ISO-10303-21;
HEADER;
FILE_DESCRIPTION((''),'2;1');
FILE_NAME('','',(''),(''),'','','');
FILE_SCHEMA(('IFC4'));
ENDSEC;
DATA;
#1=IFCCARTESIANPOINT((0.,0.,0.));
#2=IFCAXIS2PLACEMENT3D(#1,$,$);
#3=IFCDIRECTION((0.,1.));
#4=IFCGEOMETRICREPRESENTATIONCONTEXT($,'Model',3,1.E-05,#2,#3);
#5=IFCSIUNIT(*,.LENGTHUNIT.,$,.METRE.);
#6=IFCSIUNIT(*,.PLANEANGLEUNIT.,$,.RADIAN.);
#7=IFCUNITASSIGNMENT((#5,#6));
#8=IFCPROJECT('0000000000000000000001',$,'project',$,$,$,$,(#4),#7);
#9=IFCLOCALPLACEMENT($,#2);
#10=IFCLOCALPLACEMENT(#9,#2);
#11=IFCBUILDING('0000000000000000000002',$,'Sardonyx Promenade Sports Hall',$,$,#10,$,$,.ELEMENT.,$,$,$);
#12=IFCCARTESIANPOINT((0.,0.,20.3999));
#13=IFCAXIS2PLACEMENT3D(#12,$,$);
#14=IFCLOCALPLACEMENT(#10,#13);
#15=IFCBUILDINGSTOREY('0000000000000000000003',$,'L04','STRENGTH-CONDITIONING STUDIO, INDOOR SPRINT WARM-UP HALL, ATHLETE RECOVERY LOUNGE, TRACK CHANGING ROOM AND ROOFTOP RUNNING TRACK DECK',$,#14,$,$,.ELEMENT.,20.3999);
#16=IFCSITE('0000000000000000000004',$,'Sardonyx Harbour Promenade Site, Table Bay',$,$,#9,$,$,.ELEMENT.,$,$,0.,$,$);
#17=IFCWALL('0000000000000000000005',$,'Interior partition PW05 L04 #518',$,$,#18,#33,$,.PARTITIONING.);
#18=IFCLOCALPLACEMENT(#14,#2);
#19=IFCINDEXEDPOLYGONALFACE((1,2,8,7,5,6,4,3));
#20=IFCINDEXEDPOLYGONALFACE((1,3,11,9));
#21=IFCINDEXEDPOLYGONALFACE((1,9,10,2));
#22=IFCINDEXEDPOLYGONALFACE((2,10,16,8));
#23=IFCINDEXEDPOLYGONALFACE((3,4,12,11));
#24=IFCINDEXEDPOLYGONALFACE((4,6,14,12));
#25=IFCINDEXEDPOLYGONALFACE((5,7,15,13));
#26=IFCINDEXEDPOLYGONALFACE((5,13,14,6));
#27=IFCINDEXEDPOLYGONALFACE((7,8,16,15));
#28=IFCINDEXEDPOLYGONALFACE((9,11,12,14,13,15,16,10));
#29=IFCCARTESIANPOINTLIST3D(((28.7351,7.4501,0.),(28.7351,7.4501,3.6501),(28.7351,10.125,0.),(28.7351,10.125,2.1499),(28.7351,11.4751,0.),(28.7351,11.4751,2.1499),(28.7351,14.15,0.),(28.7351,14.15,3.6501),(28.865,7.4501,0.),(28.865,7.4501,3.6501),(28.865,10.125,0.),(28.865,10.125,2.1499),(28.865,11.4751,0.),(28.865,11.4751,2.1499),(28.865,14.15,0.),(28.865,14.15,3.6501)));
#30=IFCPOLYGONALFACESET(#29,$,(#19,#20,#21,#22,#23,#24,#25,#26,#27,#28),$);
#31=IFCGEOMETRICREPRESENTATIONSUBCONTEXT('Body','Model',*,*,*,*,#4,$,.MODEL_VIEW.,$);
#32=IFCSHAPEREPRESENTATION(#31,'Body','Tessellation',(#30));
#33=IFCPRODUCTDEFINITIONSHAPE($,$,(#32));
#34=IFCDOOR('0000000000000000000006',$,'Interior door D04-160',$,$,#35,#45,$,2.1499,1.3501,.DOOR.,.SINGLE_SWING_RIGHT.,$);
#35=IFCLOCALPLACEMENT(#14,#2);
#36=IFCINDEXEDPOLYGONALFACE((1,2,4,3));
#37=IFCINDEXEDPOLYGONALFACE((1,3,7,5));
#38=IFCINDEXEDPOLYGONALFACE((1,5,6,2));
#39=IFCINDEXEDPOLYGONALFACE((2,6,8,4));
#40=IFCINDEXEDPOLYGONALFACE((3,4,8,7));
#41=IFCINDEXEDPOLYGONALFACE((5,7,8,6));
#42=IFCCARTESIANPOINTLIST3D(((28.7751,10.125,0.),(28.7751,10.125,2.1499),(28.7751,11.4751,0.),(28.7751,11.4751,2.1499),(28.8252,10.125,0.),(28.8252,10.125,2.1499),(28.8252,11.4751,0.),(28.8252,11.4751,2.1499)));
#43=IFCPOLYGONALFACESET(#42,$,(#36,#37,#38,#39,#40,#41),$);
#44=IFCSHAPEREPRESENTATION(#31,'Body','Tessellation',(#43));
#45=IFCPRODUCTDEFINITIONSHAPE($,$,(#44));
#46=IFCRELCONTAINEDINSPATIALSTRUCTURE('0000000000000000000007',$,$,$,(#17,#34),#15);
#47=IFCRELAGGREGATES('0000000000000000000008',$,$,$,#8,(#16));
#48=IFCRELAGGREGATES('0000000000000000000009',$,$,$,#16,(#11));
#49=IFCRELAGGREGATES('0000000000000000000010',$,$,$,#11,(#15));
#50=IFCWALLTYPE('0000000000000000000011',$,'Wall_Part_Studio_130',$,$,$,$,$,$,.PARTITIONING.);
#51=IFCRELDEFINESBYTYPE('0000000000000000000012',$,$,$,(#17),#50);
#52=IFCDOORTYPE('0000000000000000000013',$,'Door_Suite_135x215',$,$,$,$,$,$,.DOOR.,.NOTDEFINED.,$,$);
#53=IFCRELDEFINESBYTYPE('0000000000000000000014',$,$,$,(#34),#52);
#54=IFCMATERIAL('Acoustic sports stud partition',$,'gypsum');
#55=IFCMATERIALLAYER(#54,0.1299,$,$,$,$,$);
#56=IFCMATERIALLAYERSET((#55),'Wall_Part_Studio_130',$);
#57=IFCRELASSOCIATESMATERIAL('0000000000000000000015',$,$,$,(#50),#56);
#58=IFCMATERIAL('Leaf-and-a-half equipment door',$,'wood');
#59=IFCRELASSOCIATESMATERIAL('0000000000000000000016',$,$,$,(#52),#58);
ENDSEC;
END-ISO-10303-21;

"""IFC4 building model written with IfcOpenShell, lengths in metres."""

from ifc_helpers import new_model, si_unit, direction, frame, frame_2d, origin, place, context, subcontext, project, spatial, rectangle, extrude, material, layer, layer_set, type_object, element, fill, save


model = new_model("IFC4")

# Units and contexts
model_context = context("Model", 3, precision=1e-05, world=origin(), true_north=direction((0.0, 1.0)))
body_context = subcontext(model_context, "Body", "Model", "MODEL_VIEW")
ifc_project = project(units=[si_unit("LENGTHUNIT", "METRE"), si_unit("PLANEANGLEUNIT", "RADIAN")], contexts=[model_context])

# Site, building, storey
site_placement = place(None, origin())
site = spatial("IfcSite", under=ifc_project, at=site_placement, Name="Sardonyx Harbour Promenade Site, Table Bay", CompositionType="ELEMENT", RefElevation=0.0)
building_placement = place(site_placement, origin())
building = spatial("IfcBuilding", under=site, at=building_placement, Name="Sardonyx Promenade Sports Hall", CompositionType="ELEMENT")
storey_placement = place(building_placement, frame((0.0, 0.0, 20.3999)))
storey = spatial("IfcBuildingStorey", under=building, at=storey_placement, Name="L04", Description="STRENGTH-CONDITIONING STUDIO, INDOOR SPRINT WARM-UP HALL, ATHLETE RECOVERY LOUNGE, TRACK CHANGING ROOM AND ROOFTOP RUNNING TRACK DECK", CompositionType="ELEMENT", Elevation=20.3999)

# Wall, opening, door
ifc_material_1 = material(Name="Acoustic sports stud partition", Category="gypsum")
ifc_layer_1 = layer(ifc_material_1, 0.1299)
ifc_layer_set_1 = layer_set([ifc_layer_1], Name="Wall_Part_Studio_130")
wall_type_1 = type_object("IfcWallType", Name="Wall_Part_Studio_130", PredefinedType="PARTITIONING", material=ifc_layer_set_1)
wall_1_placement = place(storey_placement, frame((28.8, 7.45, 0.0), z_axis=(0.0, 0.0, 1.0), x_axis=(0.0, 1.0, 0.0)))
wall_1 = element("IfcWall", 1, at=wall_1_placement, inside=storey, type_object=wall_type_1, Name="Interior partition PW05 L04 #518", PredefinedType="PARTITIONING", context=body_context, shape_type="SweptSolid", body=[
    extrude(rectangle(XDim=6.7, YDim=0.1299, at=frame_2d((3.3501, 0.0))), origin(), (0.0, 0.0, 1.0), 3.6501),
])
opening_placement = place(wall_1_placement, frame((2.675, 0.0, 0.0)))
opening = element("IfcOpeningElement", 2, at=opening_placement, cuts=wall_1, PredefinedType="OPENING", context=body_context, shape_type="SweptSolid", body=[
    extrude(rectangle(XDim=1.3501, YDim=2.1499, at=frame_2d((0.675, 1.075))), frame((0.0, 0.075, 0.0), z_axis=(0.0, -1.0, 0.0), x_axis=(1.0, 0.0, 0.0)), (0.0, 0.0, 1.0), 0.15),
])
ifc_material_2 = material(Name="Leaf-and-a-half equipment door", Category="wood")
door_type = type_object("IfcDoorType", Name="Door_Suite_135x215", OperationType="NOTDEFINED", PredefinedType="DOOR", material=ifc_material_2)
door_placement = place(opening_placement, origin())
door = element("IfcDoor", 3, at=door_placement, inside=storey, type_object=door_type, Name="Interior door D04-160", OperationType="SINGLE_SWING_RIGHT", OverallHeight=2.1499, OverallWidth=1.3501, PredefinedType="DOOR", context=body_context, shape_type="SweptSolid", body=[
    extrude(rectangle(XDim=1.3501, YDim=2.1499, at=frame_2d((0.675, 1.075))), frame((0.0, 0.0249, 0.0), z_axis=(0.0, -1.0, 0.0), x_axis=(1.0, 0.0, 0.0)), (0.0, 0.0, 1.0), 0.05),
])
fill(opening, door)

save(model, "model.ifc")
